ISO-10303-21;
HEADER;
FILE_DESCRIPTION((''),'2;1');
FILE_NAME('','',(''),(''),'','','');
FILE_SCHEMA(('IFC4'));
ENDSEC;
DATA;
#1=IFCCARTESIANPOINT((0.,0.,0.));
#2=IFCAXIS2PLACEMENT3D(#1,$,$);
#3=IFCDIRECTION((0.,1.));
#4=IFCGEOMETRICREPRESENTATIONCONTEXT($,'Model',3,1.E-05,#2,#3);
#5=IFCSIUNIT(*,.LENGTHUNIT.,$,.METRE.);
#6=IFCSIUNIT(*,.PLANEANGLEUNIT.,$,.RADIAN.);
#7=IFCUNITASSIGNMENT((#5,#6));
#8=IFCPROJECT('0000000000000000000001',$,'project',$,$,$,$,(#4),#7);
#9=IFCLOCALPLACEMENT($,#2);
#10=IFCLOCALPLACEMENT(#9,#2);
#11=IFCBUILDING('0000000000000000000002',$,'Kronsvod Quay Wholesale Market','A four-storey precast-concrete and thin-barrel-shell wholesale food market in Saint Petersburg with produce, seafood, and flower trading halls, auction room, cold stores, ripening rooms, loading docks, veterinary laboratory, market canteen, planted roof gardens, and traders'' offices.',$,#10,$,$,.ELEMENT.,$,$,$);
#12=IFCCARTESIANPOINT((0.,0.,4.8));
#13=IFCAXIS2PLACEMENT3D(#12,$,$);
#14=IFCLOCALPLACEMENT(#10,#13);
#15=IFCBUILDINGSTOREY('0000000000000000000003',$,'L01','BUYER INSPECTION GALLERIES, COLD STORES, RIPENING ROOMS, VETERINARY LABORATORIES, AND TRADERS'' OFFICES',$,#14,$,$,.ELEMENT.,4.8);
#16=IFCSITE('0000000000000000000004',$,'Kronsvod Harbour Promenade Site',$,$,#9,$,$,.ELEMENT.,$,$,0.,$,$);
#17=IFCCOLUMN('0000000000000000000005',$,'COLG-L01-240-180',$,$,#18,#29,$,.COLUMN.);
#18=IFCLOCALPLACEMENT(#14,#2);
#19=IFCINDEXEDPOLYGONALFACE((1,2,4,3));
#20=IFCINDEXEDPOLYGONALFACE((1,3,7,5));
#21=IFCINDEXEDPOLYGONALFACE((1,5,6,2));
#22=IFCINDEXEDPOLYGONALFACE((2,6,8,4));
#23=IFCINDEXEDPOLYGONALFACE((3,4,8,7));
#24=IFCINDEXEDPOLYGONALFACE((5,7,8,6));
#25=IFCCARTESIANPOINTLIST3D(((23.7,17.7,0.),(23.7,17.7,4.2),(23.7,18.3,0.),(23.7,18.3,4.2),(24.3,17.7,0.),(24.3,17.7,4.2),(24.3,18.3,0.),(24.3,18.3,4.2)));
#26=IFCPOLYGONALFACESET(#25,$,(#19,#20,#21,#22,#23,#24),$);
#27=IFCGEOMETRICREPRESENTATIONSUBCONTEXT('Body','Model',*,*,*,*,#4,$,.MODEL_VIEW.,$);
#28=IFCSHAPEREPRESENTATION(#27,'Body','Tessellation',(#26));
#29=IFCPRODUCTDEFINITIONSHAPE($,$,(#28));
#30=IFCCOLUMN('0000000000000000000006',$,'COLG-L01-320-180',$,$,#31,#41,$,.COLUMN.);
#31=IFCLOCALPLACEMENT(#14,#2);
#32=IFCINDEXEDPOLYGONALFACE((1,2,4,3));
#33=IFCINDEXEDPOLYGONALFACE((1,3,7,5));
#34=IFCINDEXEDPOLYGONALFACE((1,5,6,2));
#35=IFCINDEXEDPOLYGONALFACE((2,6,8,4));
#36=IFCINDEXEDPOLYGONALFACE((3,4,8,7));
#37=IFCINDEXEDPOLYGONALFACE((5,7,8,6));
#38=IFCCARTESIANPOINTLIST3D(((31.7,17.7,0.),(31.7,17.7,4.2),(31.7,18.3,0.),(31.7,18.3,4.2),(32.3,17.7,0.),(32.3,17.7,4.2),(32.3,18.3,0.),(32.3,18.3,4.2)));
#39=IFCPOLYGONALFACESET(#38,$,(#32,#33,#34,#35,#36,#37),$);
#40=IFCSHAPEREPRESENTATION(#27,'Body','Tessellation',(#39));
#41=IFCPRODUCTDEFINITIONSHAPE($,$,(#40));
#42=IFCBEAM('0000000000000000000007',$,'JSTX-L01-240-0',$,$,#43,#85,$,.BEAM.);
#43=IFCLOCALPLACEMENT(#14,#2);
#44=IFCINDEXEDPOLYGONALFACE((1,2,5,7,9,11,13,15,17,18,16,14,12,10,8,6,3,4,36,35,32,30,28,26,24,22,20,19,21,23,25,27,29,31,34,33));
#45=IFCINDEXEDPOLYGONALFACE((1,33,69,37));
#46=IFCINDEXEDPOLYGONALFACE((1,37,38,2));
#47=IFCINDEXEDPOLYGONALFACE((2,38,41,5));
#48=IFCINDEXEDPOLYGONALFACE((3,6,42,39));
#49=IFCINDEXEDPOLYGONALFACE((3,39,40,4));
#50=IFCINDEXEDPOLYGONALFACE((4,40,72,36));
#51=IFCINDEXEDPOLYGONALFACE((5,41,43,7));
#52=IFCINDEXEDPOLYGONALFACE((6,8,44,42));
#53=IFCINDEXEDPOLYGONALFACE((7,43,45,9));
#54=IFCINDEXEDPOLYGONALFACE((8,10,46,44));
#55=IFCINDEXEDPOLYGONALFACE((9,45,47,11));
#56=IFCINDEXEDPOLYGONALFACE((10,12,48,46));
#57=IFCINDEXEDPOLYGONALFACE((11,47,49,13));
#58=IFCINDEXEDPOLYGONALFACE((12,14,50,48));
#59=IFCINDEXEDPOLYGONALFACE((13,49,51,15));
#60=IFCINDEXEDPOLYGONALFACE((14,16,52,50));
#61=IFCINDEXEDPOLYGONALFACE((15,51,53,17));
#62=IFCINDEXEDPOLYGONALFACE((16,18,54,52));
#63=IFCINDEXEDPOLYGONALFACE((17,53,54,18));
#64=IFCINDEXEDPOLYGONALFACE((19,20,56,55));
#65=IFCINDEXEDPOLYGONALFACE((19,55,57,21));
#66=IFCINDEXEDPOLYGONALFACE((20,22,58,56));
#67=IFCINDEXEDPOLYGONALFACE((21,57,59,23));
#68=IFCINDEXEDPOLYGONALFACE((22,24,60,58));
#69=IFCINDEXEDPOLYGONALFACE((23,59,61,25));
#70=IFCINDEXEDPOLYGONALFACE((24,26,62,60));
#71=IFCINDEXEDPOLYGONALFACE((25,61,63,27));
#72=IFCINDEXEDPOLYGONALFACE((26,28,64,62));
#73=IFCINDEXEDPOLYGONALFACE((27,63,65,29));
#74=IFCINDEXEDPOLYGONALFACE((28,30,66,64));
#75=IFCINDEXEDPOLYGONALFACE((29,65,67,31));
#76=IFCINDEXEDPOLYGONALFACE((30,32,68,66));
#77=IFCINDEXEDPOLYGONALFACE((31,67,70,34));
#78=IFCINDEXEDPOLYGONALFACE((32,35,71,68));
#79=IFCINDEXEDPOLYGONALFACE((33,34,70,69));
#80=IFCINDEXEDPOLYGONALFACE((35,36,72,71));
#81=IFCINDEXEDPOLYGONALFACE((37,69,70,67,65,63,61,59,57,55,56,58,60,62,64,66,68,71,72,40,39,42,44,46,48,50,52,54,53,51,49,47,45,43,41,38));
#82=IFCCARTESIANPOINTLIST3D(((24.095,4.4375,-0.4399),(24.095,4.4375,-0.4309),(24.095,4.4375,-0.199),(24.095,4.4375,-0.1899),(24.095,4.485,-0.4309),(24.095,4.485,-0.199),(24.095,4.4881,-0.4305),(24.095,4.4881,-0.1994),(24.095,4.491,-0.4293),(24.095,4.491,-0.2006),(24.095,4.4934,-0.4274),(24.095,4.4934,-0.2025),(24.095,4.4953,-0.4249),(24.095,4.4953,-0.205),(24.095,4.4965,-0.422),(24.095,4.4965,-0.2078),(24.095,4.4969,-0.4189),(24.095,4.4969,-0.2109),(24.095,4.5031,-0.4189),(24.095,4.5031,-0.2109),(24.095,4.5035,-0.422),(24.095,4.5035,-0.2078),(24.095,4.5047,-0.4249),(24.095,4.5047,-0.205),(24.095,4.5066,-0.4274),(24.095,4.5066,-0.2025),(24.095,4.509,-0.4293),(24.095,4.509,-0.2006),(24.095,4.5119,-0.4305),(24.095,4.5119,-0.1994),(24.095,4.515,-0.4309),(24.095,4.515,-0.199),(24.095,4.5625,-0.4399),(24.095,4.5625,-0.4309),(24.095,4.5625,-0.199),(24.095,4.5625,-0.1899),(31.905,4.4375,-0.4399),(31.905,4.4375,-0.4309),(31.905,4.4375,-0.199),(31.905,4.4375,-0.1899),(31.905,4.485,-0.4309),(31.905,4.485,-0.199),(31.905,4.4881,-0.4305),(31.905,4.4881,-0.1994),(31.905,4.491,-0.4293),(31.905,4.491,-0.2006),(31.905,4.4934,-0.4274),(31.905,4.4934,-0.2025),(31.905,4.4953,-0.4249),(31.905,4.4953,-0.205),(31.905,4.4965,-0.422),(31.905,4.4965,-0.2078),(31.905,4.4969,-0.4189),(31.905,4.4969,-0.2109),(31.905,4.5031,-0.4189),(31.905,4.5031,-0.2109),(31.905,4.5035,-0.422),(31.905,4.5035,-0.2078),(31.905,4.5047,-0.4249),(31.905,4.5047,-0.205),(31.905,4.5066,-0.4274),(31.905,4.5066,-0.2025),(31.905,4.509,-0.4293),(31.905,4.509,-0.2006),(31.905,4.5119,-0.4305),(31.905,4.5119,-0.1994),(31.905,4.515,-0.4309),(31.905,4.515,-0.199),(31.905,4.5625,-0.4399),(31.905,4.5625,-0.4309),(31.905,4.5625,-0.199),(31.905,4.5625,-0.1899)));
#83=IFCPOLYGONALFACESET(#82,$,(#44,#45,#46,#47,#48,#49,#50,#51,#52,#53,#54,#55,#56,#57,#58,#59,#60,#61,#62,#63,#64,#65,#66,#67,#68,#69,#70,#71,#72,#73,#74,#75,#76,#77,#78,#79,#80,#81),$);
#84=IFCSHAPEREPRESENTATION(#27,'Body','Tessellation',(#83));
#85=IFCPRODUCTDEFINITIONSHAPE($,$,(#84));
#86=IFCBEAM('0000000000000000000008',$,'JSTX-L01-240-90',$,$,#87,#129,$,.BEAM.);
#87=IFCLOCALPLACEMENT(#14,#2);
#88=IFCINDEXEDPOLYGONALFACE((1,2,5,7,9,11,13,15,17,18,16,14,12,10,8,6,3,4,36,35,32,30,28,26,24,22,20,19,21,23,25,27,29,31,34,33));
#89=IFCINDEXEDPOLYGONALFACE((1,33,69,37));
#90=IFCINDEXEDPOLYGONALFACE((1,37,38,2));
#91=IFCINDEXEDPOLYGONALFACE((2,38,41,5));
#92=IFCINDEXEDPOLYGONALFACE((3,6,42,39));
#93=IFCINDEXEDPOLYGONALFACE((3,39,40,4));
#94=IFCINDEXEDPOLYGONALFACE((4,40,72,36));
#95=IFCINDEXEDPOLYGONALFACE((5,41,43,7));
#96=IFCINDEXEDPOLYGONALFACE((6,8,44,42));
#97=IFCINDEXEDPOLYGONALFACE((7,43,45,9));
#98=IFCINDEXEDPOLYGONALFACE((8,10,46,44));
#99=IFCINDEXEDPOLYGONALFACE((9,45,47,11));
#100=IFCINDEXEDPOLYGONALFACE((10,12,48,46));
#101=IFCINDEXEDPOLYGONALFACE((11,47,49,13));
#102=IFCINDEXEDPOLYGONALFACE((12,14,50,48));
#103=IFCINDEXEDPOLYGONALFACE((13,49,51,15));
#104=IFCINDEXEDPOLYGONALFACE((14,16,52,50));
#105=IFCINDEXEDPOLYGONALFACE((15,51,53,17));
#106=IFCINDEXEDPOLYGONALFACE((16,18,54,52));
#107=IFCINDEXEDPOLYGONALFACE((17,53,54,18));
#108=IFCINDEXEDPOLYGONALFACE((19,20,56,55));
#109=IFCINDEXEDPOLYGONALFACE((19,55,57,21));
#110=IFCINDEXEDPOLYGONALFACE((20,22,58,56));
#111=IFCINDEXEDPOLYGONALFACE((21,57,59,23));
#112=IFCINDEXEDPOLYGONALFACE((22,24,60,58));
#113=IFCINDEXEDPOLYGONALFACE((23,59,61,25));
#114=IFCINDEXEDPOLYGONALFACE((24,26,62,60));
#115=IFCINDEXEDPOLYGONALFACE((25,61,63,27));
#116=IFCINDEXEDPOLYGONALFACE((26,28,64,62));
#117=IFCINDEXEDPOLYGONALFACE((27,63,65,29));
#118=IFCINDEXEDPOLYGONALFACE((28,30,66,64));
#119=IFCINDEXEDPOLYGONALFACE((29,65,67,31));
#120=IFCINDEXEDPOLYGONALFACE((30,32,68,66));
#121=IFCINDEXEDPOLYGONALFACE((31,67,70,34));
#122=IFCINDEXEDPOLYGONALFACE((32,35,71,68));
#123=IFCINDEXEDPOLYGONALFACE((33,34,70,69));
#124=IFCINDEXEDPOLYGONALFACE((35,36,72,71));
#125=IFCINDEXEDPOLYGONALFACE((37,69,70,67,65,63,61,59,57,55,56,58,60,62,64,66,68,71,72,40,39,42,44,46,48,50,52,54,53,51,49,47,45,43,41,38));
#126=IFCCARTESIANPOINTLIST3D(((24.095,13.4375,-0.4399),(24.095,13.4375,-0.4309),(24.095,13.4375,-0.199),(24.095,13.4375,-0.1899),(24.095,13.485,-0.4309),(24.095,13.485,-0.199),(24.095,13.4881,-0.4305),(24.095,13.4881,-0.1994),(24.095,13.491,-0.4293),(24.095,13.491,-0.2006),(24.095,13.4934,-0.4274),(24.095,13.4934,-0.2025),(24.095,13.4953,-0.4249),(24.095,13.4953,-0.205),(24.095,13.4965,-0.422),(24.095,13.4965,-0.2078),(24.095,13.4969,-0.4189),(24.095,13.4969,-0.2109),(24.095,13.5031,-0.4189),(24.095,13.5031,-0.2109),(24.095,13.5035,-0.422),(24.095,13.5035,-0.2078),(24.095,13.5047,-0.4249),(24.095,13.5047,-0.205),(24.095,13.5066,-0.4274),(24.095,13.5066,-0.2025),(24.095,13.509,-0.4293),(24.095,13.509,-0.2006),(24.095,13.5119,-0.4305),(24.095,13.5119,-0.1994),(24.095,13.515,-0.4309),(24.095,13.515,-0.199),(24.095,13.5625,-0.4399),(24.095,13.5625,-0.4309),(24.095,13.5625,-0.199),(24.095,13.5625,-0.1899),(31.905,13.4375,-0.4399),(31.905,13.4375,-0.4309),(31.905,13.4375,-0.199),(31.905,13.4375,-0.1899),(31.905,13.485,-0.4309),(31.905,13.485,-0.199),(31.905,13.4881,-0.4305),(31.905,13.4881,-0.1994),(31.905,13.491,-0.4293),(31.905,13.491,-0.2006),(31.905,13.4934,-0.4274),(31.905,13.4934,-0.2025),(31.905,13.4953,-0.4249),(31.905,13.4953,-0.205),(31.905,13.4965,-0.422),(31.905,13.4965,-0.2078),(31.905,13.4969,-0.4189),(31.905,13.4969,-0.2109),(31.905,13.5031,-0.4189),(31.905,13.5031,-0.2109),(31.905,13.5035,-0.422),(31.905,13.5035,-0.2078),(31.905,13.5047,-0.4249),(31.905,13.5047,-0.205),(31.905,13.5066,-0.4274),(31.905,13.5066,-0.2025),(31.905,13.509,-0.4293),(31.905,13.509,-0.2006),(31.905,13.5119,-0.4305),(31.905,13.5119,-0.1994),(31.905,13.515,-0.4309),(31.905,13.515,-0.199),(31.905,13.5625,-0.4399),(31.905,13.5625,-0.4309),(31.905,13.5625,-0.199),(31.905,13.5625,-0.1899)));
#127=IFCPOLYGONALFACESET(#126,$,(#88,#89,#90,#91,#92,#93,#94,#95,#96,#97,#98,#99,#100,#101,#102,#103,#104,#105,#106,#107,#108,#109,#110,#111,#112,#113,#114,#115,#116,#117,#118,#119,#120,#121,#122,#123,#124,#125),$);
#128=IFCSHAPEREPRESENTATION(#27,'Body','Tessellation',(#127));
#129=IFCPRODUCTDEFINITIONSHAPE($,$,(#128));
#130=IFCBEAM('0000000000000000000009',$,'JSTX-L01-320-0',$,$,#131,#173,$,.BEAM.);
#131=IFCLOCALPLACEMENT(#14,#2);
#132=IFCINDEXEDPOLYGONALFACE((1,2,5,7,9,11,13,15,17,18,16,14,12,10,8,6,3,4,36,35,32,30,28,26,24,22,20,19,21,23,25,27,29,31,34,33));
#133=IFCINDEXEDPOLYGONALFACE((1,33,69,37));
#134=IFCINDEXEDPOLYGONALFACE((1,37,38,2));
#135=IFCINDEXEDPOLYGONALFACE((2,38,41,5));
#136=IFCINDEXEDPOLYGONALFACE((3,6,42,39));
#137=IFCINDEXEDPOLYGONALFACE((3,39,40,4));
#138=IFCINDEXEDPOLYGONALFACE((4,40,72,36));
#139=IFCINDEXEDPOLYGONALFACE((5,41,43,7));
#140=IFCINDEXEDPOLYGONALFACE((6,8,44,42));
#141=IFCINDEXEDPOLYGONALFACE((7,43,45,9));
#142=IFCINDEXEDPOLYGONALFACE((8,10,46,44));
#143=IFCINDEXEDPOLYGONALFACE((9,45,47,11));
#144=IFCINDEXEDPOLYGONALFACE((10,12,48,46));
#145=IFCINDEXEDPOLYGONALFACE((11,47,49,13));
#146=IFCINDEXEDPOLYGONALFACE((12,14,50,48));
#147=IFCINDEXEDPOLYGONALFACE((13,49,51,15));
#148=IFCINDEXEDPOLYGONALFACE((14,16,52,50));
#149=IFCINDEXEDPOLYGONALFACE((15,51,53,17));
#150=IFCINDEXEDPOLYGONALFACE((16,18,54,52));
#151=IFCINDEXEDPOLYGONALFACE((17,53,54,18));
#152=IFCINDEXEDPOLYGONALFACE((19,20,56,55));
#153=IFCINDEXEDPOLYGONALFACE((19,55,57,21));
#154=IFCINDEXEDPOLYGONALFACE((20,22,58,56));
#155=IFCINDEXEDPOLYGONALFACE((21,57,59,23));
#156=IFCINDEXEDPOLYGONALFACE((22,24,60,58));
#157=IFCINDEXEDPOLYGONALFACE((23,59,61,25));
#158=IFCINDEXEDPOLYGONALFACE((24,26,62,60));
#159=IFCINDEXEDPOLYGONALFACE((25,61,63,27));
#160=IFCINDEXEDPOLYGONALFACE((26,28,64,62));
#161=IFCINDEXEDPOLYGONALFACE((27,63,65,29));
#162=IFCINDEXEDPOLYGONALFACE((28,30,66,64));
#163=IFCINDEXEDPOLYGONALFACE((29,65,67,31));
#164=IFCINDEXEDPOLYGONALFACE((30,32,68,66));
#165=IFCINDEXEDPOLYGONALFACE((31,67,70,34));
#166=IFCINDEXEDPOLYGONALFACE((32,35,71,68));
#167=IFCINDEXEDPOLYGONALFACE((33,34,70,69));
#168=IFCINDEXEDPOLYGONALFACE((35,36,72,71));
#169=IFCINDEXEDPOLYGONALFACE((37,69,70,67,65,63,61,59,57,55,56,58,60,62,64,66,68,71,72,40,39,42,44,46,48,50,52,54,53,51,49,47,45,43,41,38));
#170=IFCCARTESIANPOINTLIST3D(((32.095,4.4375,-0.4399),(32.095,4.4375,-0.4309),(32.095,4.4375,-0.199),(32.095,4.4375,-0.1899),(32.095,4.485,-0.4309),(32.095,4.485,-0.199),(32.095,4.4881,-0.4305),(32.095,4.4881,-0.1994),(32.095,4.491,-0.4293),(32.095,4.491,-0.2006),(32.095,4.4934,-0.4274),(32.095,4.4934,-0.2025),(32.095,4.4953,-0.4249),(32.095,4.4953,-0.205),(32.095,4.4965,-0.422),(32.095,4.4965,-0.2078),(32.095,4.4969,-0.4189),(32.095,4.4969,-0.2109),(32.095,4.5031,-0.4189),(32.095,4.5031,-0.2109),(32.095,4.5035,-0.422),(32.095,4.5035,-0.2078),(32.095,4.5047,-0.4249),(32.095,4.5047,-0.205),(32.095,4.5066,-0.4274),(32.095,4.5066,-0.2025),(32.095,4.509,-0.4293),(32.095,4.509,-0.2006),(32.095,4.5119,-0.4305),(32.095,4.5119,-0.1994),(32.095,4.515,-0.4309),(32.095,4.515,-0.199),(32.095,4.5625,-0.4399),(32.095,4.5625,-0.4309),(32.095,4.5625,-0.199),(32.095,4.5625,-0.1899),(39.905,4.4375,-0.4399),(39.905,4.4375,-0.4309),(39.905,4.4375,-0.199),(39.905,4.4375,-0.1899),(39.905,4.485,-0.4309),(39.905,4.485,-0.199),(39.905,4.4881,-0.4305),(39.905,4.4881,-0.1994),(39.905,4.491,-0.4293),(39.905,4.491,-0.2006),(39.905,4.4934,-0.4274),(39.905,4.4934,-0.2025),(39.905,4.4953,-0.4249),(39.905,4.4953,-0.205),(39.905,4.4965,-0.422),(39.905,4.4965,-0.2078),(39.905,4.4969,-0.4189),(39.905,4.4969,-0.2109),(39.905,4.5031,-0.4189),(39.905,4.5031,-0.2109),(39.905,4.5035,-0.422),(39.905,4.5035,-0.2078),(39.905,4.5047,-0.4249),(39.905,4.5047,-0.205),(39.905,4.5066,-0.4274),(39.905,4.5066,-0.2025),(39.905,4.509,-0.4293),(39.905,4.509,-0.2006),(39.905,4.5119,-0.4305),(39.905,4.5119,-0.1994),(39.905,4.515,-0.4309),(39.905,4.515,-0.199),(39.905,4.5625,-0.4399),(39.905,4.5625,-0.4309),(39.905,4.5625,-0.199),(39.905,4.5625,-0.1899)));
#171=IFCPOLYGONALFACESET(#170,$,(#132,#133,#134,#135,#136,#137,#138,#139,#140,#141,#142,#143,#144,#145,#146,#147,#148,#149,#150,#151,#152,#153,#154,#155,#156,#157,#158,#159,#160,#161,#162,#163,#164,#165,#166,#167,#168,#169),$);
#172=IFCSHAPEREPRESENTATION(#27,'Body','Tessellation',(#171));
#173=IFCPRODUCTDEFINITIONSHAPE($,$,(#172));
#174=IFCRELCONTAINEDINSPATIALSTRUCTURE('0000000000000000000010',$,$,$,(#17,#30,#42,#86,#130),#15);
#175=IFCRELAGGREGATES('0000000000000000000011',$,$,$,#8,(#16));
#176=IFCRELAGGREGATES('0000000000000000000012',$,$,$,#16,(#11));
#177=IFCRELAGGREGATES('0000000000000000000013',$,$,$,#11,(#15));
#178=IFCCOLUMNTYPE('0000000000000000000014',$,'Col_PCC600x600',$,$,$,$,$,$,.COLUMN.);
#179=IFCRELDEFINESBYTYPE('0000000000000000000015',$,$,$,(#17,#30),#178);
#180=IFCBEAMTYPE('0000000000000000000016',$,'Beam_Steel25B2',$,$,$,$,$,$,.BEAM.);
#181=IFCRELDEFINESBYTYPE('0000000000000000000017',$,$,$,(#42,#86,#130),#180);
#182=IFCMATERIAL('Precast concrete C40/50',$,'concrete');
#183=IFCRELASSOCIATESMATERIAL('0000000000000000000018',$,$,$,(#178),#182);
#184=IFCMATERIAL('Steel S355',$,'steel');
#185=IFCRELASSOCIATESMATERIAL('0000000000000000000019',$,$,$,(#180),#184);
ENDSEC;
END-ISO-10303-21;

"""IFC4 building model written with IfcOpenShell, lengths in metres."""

from ifc_helpers import new_model, si_unit, direction, frame, origin, origin_2d, place, context, subcontext, project, spatial, rectangle, i_section, extrude, material, material_profile, profile_set, type_object, element, save


model = new_model("IFC4")

# Units and contexts
model_context = context("Model", 3, precision=1e-05, world=origin(), true_north=direction((0.0, 1.0)))
body_context = subcontext(model_context, "Body", "Model", "MODEL_VIEW")
ifc_project = project(units=[si_unit("LENGTHUNIT", "METRE"), si_unit("PLANEANGLEUNIT", "RADIAN")], contexts=[model_context])

# Site, building, storey
site_placement = place(None, origin())
site = spatial("IfcSite", under=ifc_project, at=site_placement, Name="Kronsvod Harbour Promenade Site", CompositionType="ELEMENT", RefElevation=0.0)
building_placement = place(site_placement, origin())
building = spatial("IfcBuilding", under=site, at=building_placement, Name="Kronsvod Quay Wholesale Market", Description="A four-storey precast-concrete and thin-barrel-shell wholesale food market in Saint Petersburg with produce, seafood, and flower trading halls, auction room, cold stores, ripening rooms, loading docks, veterinary laboratory, market canteen, planted roof gardens, and traders' offices.", CompositionType="ELEMENT")
storey_placement = place(building_placement, frame((0.0, 0.0, 4.8)))
storey = spatial("IfcBuildingStorey", under=building, at=storey_placement, Name="L01", Description="BUYER INSPECTION GALLERIES, COLD STORES, RIPENING ROOMS, VETERINARY LABORATORIES, AND TRADERS' OFFICES", CompositionType="ELEMENT", Elevation=4.8)

# Columns
ifc_material_1 = material(Name="Precast concrete C40/50", Category="concrete")
ifc_material_profile_1 = material_profile(ifc_material_1, rectangle(XDim=0.6001, YDim=0.6001, at=origin_2d()), Name="PCC600x600")
ifc_profile_set_1 = profile_set([ifc_material_profile_1], Name="Precast concrete C40/50")
column_type = type_object("IfcColumnType", Name="Col_PCC600x600", PredefinedType="COLUMN", material=ifc_profile_set_1)
for number, where, z_axis, x_axis, name in (
    (1, (24.0, 18.0, 0.0), (0.0, 0.0, 1.0), (1.0, 0.0, 0.0), "COLG-L01-240-180"),
    (2, (32.0, 18.0, 0.0), (0.0, 0.0, 1.0), (1.0, 0.0, 0.0), "COLG-L01-320-180"),
):
    element("IfcColumn", number, at=place(storey_placement, frame(where, z_axis=z_axis, x_axis=x_axis)), inside=storey, type_object=column_type, Name=name, PredefinedType="COLUMN", context=body_context, shape_type="SweptSolid", body=[
        extrude(rectangle(XDim=0.6001, YDim=0.6001, at=origin_2d()), origin(), (0.0, 0.0, 1.0), 4.2),
    ])

# Beams
ifc_material_2 = material(Name="Steel S355", Category="steel")
ifc_material_profile_2 = material_profile(ifc_material_2, i_section(OverallWidth=0.125, OverallDepth=0.25, WebThickness=0.0061, FlangeThickness=0.009, FilletRadius=0.012, at=origin_2d()), Name="25B2")
ifc_profile_set_2 = profile_set([ifc_material_profile_2], Name="Steel S355")
beam_type_1 = type_object("IfcBeamType", Name="Beam_Steel25B2", PredefinedType="BEAM", material=ifc_profile_set_2)
for number, where, z_axis, x_axis, name in (
    (3, (24.095, 4.5, -0.3149), (1.0, 0.0, 0.0), (0.0, 1.0, 0.0), "JSTX-L01-240-0"),
    (4, (24.095, 13.5, -0.3149), (1.0, 0.0, 0.0), (0.0, 1.0, 0.0), "JSTX-L01-240-90"),
    (5, (32.095, 4.5, -0.3149), (1.0, 0.0, 0.0), (0.0, 1.0, 0.0), "JSTX-L01-320-0"),
):
    element("IfcBeam", number, at=place(storey_placement, frame(where, z_axis=z_axis, x_axis=x_axis)), inside=storey, type_object=beam_type_1, Name=name, PredefinedType="BEAM", context=body_context, shape_type="SweptSolid", body=[
        extrude(i_section(OverallWidth=0.125, OverallDepth=0.25, WebThickness=0.0061, FlangeThickness=0.009, FilletRadius=0.012, at=origin_2d()), origin(), (0.0, 0.0, 1.0), 7.8101),
    ])

save(model, "model.ifc")
